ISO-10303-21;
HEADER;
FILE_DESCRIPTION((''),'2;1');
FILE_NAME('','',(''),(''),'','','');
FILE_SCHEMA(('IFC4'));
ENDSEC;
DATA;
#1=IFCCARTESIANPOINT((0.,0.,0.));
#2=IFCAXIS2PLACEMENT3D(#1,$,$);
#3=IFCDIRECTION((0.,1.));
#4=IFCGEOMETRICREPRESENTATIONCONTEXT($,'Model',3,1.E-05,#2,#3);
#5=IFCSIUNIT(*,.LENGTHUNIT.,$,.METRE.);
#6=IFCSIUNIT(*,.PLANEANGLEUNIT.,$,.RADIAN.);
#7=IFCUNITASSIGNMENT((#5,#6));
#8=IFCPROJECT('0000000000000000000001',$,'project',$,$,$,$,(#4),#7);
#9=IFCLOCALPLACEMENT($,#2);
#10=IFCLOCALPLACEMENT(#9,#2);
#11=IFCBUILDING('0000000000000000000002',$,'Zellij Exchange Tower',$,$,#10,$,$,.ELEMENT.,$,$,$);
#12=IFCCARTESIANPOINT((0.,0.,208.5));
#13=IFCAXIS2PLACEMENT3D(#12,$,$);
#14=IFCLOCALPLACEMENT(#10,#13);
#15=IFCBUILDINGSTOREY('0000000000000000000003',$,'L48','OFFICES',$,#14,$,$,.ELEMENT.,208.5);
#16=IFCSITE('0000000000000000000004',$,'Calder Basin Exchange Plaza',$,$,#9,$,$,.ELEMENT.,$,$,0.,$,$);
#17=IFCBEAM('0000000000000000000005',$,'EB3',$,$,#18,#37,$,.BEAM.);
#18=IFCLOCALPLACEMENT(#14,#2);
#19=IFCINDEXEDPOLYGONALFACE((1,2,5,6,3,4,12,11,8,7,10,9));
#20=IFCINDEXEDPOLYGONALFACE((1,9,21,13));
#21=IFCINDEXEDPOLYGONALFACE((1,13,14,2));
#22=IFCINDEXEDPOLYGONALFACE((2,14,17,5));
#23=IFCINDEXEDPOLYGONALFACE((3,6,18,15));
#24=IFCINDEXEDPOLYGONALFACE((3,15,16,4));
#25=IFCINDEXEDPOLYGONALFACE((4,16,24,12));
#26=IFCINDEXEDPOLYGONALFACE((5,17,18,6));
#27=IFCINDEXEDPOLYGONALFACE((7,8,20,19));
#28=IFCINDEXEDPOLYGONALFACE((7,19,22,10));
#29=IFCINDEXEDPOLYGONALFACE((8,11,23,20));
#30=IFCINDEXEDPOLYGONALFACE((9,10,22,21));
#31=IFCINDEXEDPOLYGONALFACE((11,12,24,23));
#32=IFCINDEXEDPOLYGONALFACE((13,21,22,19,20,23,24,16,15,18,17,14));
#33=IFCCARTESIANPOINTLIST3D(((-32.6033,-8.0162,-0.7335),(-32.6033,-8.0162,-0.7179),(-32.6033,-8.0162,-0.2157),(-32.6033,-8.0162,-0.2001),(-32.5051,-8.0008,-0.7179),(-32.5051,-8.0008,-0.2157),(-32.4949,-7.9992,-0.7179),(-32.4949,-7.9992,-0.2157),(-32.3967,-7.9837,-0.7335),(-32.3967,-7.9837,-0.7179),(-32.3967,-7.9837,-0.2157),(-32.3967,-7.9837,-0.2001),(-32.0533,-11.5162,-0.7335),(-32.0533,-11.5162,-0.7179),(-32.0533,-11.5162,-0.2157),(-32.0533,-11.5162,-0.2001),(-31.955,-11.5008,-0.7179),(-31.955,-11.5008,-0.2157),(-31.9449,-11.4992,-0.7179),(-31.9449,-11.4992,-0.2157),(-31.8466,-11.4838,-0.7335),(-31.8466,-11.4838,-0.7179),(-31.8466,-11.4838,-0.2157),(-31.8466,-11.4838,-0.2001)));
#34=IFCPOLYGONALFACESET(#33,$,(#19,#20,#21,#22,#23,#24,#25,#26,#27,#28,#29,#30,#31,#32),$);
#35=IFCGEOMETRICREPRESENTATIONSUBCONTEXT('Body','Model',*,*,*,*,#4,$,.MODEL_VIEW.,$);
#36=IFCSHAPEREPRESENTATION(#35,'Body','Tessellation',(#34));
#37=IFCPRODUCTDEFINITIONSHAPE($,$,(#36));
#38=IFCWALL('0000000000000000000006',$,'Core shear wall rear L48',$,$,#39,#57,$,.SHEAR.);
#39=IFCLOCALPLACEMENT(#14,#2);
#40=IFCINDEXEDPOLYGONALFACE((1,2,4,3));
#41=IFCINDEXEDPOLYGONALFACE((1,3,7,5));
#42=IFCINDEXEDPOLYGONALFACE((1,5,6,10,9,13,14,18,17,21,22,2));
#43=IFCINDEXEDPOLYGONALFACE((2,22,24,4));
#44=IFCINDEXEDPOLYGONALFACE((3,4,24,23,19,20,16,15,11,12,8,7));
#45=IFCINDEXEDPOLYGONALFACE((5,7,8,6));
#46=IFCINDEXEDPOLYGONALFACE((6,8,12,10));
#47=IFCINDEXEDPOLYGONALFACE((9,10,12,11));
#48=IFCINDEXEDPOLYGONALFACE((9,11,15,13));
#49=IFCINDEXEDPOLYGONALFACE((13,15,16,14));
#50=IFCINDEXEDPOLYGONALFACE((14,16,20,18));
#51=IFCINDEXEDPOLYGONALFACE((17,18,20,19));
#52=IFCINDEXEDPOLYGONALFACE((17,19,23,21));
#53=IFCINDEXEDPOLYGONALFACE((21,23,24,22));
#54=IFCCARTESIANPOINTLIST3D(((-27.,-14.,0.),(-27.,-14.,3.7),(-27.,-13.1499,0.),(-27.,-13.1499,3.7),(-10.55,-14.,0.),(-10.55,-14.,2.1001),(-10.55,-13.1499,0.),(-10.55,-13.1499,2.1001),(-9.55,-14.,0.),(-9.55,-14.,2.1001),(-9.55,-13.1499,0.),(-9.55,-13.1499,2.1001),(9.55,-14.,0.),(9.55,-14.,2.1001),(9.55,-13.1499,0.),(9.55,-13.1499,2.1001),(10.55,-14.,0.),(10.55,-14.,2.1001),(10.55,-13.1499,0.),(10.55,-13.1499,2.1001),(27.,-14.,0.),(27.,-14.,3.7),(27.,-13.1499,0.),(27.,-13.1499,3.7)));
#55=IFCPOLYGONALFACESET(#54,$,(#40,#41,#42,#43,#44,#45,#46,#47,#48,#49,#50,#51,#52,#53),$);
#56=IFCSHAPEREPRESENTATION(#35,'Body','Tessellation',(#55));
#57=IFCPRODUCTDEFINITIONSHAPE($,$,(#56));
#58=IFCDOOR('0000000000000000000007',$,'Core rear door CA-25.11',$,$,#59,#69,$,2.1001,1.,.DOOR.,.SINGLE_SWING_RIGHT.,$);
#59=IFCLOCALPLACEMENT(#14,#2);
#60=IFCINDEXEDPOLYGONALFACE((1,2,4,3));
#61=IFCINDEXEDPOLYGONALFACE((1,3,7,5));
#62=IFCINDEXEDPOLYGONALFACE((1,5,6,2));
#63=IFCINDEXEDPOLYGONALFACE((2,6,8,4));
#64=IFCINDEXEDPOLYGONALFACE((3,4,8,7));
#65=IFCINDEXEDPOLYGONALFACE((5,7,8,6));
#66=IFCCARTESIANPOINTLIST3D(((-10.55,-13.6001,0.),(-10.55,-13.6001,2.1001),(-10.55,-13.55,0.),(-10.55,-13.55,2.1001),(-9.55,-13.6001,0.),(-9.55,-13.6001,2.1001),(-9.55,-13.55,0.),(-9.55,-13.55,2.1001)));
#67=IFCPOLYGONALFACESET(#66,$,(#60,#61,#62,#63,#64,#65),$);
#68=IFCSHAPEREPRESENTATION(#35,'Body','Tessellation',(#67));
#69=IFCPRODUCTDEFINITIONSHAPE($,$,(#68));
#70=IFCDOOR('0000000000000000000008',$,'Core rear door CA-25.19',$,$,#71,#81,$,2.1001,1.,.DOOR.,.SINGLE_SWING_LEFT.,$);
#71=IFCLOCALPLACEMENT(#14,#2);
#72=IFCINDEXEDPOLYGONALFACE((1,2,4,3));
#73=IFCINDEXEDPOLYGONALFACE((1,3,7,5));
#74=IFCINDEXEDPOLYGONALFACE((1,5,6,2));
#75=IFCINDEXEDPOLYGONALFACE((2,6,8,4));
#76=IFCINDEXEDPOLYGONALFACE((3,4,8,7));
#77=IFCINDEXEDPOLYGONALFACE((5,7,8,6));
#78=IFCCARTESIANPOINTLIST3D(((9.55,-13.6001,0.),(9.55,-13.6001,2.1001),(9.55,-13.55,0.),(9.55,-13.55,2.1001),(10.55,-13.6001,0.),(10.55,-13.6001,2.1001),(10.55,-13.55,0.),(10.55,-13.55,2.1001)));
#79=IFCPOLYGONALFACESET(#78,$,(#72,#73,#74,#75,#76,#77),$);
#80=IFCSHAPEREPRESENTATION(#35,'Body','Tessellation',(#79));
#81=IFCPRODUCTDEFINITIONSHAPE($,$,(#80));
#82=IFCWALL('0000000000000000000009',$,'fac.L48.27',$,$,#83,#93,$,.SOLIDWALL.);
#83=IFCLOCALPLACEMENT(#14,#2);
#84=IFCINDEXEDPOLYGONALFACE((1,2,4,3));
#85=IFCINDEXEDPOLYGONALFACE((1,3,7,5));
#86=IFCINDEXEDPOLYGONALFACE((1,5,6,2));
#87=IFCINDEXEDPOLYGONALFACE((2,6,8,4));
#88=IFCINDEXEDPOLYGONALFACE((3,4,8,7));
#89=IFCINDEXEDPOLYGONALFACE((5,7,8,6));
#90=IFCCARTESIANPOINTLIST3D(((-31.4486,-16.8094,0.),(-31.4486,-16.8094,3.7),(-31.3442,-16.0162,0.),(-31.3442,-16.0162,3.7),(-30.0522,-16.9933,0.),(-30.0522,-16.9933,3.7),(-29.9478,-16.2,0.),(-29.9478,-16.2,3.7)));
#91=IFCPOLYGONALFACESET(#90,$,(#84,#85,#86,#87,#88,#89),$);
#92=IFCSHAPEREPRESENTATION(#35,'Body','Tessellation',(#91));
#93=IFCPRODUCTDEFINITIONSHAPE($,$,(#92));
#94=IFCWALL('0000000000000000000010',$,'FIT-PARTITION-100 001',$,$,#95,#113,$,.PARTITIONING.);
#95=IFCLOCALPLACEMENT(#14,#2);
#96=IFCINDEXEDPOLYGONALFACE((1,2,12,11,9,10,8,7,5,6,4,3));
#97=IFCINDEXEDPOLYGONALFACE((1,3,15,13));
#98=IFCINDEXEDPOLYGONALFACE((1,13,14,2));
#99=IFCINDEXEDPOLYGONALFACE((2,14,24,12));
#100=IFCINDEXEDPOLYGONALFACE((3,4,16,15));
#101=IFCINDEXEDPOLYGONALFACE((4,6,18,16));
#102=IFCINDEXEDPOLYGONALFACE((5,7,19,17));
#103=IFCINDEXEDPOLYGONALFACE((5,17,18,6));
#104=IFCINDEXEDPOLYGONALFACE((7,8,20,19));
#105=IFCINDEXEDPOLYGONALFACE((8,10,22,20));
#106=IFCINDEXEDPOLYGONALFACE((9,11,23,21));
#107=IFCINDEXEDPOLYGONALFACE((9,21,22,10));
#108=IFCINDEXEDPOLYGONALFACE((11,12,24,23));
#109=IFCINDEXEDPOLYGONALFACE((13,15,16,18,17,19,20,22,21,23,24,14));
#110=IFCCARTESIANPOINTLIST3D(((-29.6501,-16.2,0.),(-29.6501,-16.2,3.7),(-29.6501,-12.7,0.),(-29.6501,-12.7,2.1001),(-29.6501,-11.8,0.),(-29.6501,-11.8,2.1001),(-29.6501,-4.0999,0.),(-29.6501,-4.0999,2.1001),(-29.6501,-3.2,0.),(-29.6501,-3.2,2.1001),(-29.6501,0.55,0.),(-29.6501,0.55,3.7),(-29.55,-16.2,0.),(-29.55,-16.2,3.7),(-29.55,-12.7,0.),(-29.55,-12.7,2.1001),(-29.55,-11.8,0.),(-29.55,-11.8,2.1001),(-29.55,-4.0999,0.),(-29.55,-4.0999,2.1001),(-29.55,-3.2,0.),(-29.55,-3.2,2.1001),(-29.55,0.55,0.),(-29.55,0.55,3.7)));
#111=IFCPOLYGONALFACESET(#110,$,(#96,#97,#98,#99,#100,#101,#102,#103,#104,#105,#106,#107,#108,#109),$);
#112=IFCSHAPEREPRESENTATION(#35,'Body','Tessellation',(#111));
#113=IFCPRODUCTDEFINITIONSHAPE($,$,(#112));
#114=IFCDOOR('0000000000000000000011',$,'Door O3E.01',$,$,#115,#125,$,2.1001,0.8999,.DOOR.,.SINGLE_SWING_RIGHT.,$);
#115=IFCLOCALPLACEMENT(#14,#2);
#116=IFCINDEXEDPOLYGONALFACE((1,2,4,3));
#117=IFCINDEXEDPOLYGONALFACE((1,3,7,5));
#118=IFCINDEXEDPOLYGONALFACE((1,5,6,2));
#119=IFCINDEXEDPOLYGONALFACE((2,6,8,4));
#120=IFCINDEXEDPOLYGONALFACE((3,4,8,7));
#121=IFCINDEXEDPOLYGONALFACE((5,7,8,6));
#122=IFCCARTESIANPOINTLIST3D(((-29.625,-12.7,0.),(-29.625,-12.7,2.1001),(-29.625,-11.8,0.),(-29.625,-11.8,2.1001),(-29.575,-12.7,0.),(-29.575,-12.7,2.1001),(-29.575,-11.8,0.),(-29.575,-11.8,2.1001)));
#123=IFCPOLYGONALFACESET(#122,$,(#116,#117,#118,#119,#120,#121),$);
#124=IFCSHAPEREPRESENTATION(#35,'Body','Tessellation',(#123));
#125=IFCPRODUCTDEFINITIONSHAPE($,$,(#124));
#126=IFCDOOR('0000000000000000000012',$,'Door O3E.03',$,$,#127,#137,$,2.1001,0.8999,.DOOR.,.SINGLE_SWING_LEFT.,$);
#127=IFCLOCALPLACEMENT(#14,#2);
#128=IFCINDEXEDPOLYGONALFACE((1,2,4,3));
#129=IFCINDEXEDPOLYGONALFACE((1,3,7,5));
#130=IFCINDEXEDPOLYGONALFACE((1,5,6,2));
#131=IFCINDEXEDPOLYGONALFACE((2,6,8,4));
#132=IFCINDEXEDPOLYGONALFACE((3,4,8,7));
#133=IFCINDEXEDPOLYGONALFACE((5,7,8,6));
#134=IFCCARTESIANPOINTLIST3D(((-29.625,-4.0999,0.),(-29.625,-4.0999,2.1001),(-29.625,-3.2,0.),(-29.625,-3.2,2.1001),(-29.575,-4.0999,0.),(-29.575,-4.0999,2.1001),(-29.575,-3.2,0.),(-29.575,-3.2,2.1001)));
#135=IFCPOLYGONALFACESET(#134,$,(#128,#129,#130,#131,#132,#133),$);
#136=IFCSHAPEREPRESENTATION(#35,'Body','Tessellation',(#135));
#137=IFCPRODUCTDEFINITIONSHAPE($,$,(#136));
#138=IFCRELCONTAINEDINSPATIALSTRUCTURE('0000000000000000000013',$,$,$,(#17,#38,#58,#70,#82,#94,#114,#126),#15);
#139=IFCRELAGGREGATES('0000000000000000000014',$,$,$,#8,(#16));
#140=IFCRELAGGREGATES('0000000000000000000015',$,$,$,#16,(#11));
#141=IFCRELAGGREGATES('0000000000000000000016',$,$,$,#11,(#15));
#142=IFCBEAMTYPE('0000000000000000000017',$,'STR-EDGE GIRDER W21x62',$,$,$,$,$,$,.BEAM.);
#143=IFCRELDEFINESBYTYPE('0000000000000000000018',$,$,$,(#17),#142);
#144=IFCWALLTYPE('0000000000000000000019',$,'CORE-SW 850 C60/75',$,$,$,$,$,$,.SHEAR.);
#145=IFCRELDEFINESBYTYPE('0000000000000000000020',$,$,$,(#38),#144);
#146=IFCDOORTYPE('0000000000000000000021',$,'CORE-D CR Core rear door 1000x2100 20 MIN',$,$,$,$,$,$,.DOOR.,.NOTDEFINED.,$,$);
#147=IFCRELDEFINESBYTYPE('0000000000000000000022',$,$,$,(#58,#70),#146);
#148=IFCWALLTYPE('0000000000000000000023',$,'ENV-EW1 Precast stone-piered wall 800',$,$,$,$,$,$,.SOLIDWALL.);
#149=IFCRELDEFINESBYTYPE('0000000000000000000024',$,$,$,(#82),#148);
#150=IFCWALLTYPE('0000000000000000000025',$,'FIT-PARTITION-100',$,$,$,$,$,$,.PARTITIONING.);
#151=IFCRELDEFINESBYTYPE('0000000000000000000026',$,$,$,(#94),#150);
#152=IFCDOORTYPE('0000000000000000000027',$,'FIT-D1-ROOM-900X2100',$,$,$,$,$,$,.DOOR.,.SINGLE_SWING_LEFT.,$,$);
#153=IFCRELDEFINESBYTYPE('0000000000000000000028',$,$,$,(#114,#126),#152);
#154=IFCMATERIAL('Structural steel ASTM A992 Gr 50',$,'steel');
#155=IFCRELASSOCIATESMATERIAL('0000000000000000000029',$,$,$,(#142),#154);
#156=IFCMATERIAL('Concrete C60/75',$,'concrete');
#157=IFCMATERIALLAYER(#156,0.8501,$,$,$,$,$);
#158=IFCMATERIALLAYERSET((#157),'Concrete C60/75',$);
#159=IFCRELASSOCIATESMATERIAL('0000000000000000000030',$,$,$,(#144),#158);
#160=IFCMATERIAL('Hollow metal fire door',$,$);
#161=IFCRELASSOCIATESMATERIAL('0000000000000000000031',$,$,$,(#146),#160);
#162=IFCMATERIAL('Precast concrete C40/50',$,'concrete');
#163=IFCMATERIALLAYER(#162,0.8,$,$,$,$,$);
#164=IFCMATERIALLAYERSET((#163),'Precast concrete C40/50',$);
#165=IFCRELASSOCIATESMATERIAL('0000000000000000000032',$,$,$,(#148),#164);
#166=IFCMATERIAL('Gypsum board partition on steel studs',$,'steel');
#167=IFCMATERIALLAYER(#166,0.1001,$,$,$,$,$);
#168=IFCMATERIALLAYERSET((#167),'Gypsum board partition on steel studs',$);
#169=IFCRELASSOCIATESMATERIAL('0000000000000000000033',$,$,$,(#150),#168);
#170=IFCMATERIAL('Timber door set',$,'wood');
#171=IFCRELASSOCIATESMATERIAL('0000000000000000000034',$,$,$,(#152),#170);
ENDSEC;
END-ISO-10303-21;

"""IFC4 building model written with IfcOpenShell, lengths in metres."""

from ifc_helpers import new_model, si_unit, direction, frame, frame_2d, origin, origin_2d, place, context, subcontext, project, spatial, rectangle, i_section, extrude, material, layer, layer_set, material_profile, profile_set, type_object, element, fill, save


model = new_model("IFC4")

# Units and contexts
model_context = context("Model", 3, precision=1e-05, world=origin(), true_north=direction((0.0, 1.0)))
body_context = subcontext(model_context, "Body", "Model", "MODEL_VIEW")
ifc_project = project(units=[si_unit("LENGTHUNIT", "METRE"), si_unit("PLANEANGLEUNIT", "RADIAN")], contexts=[model_context])

# Site, building, storey
site_placement = place(None, origin())
site = spatial("IfcSite", under=ifc_project, at=site_placement, Name="Calder Basin Exchange Plaza", CompositionType="ELEMENT", RefElevation=0.0)
building_placement = place(site_placement, origin())
building = spatial("IfcBuilding", under=site, at=building_placement, Name="Zellij Exchange Tower", CompositionType="ELEMENT")
storey_placement = place(building_placement, frame((0.0, 0.0, 208.5)))
storey = spatial("IfcBuildingStorey", under=building, at=storey_placement, Name="L48", Description="OFFICES", CompositionType="ELEMENT", Elevation=208.5)

# Beam
ifc_material_1 = material(Name="Structural steel ASTM A992 Gr 50", Category="steel")
ifc_material_profile = material_profile(ifc_material_1, i_section(OverallWidth=0.2092, OverallDepth=0.5334, WebThickness=0.0103, FlangeThickness=0.0156, at=origin_2d()), Name="W21x62")
ifc_profile_set = profile_set([ifc_material_profile], Name="Structural steel ASTM A992 Gr 50")
beam_type = type_object("IfcBeamType", Name="STR-EDGE GIRDER W21x62", PredefinedType="BEAM", material=ifc_profile_set)
beam_placement = place(storey_placement, frame((-31.95, -11.5, -0.4668), z_axis=(-0.155251, 0.987875, 0.0), x_axis=(-0.987875, -0.155251, 0.0)))
element("IfcBeam", 1, at=beam_placement, inside=storey, type_object=beam_type, Name="EB3", PredefinedType="BEAM", context=body_context, shape_type="SweptSolid", body=[
    extrude(i_section(OverallWidth=0.2092, OverallDepth=0.5334, WebThickness=0.0103, FlangeThickness=0.0156, at=origin_2d()), origin(), (0.0, 0.0, 1.0), 3.543),
])

# Wall, openings, doors
ifc_material_2 = material(Name="Concrete C60/75", Category="concrete")
ifc_layer_1 = layer(ifc_material_2, 0.8501)
ifc_layer_set_1 = layer_set([ifc_layer_1], Name="Concrete C60/75")
wall_type_1 = type_object("IfcWallType", Name="CORE-SW 850 C60/75", PredefinedType="SHEAR", material=ifc_layer_set_1)
wall_1_placement = place(storey_placement, frame((-27.0, -13.575, 0.0), z_axis=(0.0, 0.0, 1.0), x_axis=(1.0, 0.0, 0.0)))
wall_1 = element("IfcWall", 2, at=wall_1_placement, inside=storey, type_object=wall_type_1, Name="Core shear wall rear L48", PredefinedType="SHEAR", context=body_context, shape_type="SweptSolid", body=[
    extrude(rectangle(XDim=54.0, YDim=0.8501, at=frame_2d((27.0, 0.0))), origin(), (0.0, 0.0, 1.0), 3.7),
])
opening_1_placement = place(wall_1_placement, frame((16.45, 0.0, 0.0)))
opening_1 = element("IfcOpeningElement", 3, at=opening_1_placement, cuts=wall_1, PredefinedType="OPENING", context=body_context, shape_type="SweptSolid", body=[
    extrude(rectangle(XDim=1.0, YDim=2.1001, at=frame_2d((0.5, 1.05))), frame((0.0, 0.437, 0.0), z_axis=(0.0, -1.0, 0.0), x_axis=(1.0, 0.0, 0.0)), (0.0, 0.0, 1.0), 0.874),
])
opening_2_placement = place(wall_1_placement, frame((36.55, 0.0, 0.0)))
opening_2 = element("IfcOpeningElement", 4, at=opening_2_placement, cuts=wall_1, PredefinedType="OPENING", context=body_context, shape_type="SweptSolid", body=[
    extrude(rectangle(XDim=1.0, YDim=2.1001, at=frame_2d((0.5, 1.05))), frame((0.0, 0.437, 0.0), z_axis=(0.0, -1.0, 0.0), x_axis=(1.0, 0.0, 0.0)), (0.0, 0.0, 1.0), 0.874),
])
ifc_material_3 = material(Name="Hollow metal fire door")
door_type_1 = type_object("IfcDoorType", Name="CORE-D CR Core rear door 1000x2100 20 MIN", OperationType="NOTDEFINED", PredefinedType="DOOR", material=ifc_material_3)
door_1_placement = place(opening_1_placement, origin())
door_1 = element("IfcDoor", 5, at=door_1_placement, inside=storey, type_object=door_type_1, Name="Core rear door CA-25.11", OperationType="SINGLE_SWING_RIGHT", OverallHeight=2.1001, OverallWidth=1.0, PredefinedType="DOOR", context=body_context, shape_type="SweptSolid", body=[
    extrude(rectangle(XDim=1.0, YDim=2.1001, at=frame_2d((0.5, 1.05))), frame((0.0, 0.0249, 0.0), z_axis=(0.0, -1.0, 0.0), x_axis=(1.0, 0.0, 0.0)), (0.0, 0.0, 1.0), 0.05),
])
fill(opening_1, door_1)
door_2_placement = place(opening_2_placement, origin())
door_2 = element("IfcDoor", 6, at=door_2_placement, inside=storey, type_object=door_type_1, Name="Core rear door CA-25.19", OperationType="SINGLE_SWING_LEFT", OverallHeight=2.1001, OverallWidth=1.0, PredefinedType="DOOR", context=body_context, shape_type="SweptSolid", body=[
    extrude(rectangle(XDim=1.0, YDim=2.1001, at=frame_2d((0.5, 1.05))), frame((0.0, 0.0249, 0.0), z_axis=(0.0, -1.0, 0.0), x_axis=(1.0, 0.0, 0.0)), (0.0, 0.0, 1.0), 0.05),
])
fill(opening_2, door_2)

# Shared definitions
ifc_material_4 = material(Name="Precast concrete C40/50", Category="concrete")
ifc_layer_2 = layer(ifc_material_4, 0.8)
ifc_layer_set_2 = layer_set([ifc_layer_2], Name="Precast concrete C40/50")
wall_type_2 = type_object("IfcWallType", Name="ENV-EW1 Precast stone-piered wall 800", PredefinedType="SOLIDWALL", material=ifc_layer_set_2)

# Wall
wall_2_placement = place(storey_placement, frame((-31.3962, -16.4128, 0.0), z_axis=(0.0, 0.0, 1.0), x_axis=(0.991446, -0.130517, 0.0)))
element("IfcWall", 7, at=wall_2_placement, inside=storey, type_object=wall_type_2, Name="fac.L48.27", PredefinedType="SOLIDWALL", context=body_context, shape_type="SweptSolid", body=[
    extrude(rectangle(XDim=1.4084, YDim=0.8, at=frame_2d((0.7041, 0.0))), origin(), (0.0, 0.0, 1.0), 3.7),
])

# Wall, openings, doors
ifc_material_5 = material(Name="Gypsum board partition on steel studs", Category="steel")
ifc_layer_3 = layer(ifc_material_5, 0.1001)
ifc_layer_set_3 = layer_set([ifc_layer_3], Name="Gypsum board partition on steel studs")
wall_type_3 = type_object("IfcWallType", Name="FIT-PARTITION-100", PredefinedType="PARTITIONING", material=ifc_layer_set_3)
wall_3_placement = place(storey_placement, frame((-29.6001, -16.2, 0.0), z_axis=(0.0, 0.0, 1.0), x_axis=(0.0, 1.0, 0.0)))
wall_3 = element("IfcWall", 8, at=wall_3_placement, inside=storey, type_object=wall_type_3, Name="FIT-PARTITION-100 001", PredefinedType="PARTITIONING", context=body_context, shape_type="SweptSolid", body=[
    extrude(rectangle(XDim=16.75, YDim=0.1001, at=frame_2d((8.375, 0.0))), origin(), (0.0, 0.0, 1.0), 3.7),
])
opening_3_placement = place(wall_3_placement, frame((3.5, 0.0, 0.0)))
opening_3 = element("IfcOpeningElement", 9, at=opening_3_placement, cuts=wall_3, PredefinedType="OPENING", context=body_context, shape_type="SweptSolid", body=[
    extrude(rectangle(XDim=0.8999, YDim=2.1001, at=frame_2d((0.45, 1.05))), frame((0.0, 0.062, 0.0), z_axis=(0.0, -1.0, 0.0), x_axis=(1.0, 0.0, 0.0)), (0.0, 0.0, 1.0), 0.124),
])
opening_4_placement = place(wall_3_placement, frame((12.1001, 0.0, 0.0)))
opening_4 = element("IfcOpeningElement", 10, at=opening_4_placement, cuts=wall_3, PredefinedType="OPENING", context=body_context, shape_type="SweptSolid", body=[
    extrude(rectangle(XDim=0.8999, YDim=2.1001, at=frame_2d((0.45, 1.05))), frame((0.0, 0.062, 0.0), z_axis=(0.0, -1.0, 0.0), x_axis=(1.0, 0.0, 0.0)), (0.0, 0.0, 1.0), 0.124),
])
ifc_material_6 = material(Name="Timber door set", Category="wood")
door_type_2 = type_object("IfcDoorType", Name="FIT-D1-ROOM-900X2100", OperationType="SINGLE_SWING_LEFT", PredefinedType="DOOR", material=ifc_material_6)
door_3_placement = place(opening_3_placement, origin())
door_3 = element("IfcDoor", 11, at=door_3_placement, inside=storey, type_object=door_type_2, Name="Door O3E.01", OperationType="SINGLE_SWING_RIGHT", OverallHeight=2.1001, OverallWidth=0.8999, PredefinedType="DOOR", context=body_context, shape_type="SweptSolid", body=[
    extrude(rectangle(XDim=0.8999, YDim=2.1001, at=frame_2d((0.45, 1.05))), frame((0.0, 0.0249, 0.0), z_axis=(0.0, -1.0, 0.0), x_axis=(1.0, 0.0, 0.0)), (0.0, 0.0, 1.0), 0.05),
])
fill(opening_3, door_3)
door_4_placement = place(opening_4_placement, origin())
door_4 = element("IfcDoor", 12, at=door_4_placement, inside=storey, type_object=door_type_2, Name="Door O3E.03", OperationType="SINGLE_SWING_LEFT", OverallHeight=2.1001, OverallWidth=0.8999, PredefinedType="DOOR", context=body_context, shape_type="SweptSolid", body=[
    extrude(rectangle(XDim=0.8999, YDim=2.1001, at=frame_2d((0.45, 1.05))), frame((0.0, 0.0249, 0.0), z_axis=(0.0, -1.0, 0.0), x_axis=(1.0, 0.0, 0.0)), (0.0, 0.0, 1.0), 0.05),
])
fill(opening_4, door_4)

save(model, "model.ifc")
